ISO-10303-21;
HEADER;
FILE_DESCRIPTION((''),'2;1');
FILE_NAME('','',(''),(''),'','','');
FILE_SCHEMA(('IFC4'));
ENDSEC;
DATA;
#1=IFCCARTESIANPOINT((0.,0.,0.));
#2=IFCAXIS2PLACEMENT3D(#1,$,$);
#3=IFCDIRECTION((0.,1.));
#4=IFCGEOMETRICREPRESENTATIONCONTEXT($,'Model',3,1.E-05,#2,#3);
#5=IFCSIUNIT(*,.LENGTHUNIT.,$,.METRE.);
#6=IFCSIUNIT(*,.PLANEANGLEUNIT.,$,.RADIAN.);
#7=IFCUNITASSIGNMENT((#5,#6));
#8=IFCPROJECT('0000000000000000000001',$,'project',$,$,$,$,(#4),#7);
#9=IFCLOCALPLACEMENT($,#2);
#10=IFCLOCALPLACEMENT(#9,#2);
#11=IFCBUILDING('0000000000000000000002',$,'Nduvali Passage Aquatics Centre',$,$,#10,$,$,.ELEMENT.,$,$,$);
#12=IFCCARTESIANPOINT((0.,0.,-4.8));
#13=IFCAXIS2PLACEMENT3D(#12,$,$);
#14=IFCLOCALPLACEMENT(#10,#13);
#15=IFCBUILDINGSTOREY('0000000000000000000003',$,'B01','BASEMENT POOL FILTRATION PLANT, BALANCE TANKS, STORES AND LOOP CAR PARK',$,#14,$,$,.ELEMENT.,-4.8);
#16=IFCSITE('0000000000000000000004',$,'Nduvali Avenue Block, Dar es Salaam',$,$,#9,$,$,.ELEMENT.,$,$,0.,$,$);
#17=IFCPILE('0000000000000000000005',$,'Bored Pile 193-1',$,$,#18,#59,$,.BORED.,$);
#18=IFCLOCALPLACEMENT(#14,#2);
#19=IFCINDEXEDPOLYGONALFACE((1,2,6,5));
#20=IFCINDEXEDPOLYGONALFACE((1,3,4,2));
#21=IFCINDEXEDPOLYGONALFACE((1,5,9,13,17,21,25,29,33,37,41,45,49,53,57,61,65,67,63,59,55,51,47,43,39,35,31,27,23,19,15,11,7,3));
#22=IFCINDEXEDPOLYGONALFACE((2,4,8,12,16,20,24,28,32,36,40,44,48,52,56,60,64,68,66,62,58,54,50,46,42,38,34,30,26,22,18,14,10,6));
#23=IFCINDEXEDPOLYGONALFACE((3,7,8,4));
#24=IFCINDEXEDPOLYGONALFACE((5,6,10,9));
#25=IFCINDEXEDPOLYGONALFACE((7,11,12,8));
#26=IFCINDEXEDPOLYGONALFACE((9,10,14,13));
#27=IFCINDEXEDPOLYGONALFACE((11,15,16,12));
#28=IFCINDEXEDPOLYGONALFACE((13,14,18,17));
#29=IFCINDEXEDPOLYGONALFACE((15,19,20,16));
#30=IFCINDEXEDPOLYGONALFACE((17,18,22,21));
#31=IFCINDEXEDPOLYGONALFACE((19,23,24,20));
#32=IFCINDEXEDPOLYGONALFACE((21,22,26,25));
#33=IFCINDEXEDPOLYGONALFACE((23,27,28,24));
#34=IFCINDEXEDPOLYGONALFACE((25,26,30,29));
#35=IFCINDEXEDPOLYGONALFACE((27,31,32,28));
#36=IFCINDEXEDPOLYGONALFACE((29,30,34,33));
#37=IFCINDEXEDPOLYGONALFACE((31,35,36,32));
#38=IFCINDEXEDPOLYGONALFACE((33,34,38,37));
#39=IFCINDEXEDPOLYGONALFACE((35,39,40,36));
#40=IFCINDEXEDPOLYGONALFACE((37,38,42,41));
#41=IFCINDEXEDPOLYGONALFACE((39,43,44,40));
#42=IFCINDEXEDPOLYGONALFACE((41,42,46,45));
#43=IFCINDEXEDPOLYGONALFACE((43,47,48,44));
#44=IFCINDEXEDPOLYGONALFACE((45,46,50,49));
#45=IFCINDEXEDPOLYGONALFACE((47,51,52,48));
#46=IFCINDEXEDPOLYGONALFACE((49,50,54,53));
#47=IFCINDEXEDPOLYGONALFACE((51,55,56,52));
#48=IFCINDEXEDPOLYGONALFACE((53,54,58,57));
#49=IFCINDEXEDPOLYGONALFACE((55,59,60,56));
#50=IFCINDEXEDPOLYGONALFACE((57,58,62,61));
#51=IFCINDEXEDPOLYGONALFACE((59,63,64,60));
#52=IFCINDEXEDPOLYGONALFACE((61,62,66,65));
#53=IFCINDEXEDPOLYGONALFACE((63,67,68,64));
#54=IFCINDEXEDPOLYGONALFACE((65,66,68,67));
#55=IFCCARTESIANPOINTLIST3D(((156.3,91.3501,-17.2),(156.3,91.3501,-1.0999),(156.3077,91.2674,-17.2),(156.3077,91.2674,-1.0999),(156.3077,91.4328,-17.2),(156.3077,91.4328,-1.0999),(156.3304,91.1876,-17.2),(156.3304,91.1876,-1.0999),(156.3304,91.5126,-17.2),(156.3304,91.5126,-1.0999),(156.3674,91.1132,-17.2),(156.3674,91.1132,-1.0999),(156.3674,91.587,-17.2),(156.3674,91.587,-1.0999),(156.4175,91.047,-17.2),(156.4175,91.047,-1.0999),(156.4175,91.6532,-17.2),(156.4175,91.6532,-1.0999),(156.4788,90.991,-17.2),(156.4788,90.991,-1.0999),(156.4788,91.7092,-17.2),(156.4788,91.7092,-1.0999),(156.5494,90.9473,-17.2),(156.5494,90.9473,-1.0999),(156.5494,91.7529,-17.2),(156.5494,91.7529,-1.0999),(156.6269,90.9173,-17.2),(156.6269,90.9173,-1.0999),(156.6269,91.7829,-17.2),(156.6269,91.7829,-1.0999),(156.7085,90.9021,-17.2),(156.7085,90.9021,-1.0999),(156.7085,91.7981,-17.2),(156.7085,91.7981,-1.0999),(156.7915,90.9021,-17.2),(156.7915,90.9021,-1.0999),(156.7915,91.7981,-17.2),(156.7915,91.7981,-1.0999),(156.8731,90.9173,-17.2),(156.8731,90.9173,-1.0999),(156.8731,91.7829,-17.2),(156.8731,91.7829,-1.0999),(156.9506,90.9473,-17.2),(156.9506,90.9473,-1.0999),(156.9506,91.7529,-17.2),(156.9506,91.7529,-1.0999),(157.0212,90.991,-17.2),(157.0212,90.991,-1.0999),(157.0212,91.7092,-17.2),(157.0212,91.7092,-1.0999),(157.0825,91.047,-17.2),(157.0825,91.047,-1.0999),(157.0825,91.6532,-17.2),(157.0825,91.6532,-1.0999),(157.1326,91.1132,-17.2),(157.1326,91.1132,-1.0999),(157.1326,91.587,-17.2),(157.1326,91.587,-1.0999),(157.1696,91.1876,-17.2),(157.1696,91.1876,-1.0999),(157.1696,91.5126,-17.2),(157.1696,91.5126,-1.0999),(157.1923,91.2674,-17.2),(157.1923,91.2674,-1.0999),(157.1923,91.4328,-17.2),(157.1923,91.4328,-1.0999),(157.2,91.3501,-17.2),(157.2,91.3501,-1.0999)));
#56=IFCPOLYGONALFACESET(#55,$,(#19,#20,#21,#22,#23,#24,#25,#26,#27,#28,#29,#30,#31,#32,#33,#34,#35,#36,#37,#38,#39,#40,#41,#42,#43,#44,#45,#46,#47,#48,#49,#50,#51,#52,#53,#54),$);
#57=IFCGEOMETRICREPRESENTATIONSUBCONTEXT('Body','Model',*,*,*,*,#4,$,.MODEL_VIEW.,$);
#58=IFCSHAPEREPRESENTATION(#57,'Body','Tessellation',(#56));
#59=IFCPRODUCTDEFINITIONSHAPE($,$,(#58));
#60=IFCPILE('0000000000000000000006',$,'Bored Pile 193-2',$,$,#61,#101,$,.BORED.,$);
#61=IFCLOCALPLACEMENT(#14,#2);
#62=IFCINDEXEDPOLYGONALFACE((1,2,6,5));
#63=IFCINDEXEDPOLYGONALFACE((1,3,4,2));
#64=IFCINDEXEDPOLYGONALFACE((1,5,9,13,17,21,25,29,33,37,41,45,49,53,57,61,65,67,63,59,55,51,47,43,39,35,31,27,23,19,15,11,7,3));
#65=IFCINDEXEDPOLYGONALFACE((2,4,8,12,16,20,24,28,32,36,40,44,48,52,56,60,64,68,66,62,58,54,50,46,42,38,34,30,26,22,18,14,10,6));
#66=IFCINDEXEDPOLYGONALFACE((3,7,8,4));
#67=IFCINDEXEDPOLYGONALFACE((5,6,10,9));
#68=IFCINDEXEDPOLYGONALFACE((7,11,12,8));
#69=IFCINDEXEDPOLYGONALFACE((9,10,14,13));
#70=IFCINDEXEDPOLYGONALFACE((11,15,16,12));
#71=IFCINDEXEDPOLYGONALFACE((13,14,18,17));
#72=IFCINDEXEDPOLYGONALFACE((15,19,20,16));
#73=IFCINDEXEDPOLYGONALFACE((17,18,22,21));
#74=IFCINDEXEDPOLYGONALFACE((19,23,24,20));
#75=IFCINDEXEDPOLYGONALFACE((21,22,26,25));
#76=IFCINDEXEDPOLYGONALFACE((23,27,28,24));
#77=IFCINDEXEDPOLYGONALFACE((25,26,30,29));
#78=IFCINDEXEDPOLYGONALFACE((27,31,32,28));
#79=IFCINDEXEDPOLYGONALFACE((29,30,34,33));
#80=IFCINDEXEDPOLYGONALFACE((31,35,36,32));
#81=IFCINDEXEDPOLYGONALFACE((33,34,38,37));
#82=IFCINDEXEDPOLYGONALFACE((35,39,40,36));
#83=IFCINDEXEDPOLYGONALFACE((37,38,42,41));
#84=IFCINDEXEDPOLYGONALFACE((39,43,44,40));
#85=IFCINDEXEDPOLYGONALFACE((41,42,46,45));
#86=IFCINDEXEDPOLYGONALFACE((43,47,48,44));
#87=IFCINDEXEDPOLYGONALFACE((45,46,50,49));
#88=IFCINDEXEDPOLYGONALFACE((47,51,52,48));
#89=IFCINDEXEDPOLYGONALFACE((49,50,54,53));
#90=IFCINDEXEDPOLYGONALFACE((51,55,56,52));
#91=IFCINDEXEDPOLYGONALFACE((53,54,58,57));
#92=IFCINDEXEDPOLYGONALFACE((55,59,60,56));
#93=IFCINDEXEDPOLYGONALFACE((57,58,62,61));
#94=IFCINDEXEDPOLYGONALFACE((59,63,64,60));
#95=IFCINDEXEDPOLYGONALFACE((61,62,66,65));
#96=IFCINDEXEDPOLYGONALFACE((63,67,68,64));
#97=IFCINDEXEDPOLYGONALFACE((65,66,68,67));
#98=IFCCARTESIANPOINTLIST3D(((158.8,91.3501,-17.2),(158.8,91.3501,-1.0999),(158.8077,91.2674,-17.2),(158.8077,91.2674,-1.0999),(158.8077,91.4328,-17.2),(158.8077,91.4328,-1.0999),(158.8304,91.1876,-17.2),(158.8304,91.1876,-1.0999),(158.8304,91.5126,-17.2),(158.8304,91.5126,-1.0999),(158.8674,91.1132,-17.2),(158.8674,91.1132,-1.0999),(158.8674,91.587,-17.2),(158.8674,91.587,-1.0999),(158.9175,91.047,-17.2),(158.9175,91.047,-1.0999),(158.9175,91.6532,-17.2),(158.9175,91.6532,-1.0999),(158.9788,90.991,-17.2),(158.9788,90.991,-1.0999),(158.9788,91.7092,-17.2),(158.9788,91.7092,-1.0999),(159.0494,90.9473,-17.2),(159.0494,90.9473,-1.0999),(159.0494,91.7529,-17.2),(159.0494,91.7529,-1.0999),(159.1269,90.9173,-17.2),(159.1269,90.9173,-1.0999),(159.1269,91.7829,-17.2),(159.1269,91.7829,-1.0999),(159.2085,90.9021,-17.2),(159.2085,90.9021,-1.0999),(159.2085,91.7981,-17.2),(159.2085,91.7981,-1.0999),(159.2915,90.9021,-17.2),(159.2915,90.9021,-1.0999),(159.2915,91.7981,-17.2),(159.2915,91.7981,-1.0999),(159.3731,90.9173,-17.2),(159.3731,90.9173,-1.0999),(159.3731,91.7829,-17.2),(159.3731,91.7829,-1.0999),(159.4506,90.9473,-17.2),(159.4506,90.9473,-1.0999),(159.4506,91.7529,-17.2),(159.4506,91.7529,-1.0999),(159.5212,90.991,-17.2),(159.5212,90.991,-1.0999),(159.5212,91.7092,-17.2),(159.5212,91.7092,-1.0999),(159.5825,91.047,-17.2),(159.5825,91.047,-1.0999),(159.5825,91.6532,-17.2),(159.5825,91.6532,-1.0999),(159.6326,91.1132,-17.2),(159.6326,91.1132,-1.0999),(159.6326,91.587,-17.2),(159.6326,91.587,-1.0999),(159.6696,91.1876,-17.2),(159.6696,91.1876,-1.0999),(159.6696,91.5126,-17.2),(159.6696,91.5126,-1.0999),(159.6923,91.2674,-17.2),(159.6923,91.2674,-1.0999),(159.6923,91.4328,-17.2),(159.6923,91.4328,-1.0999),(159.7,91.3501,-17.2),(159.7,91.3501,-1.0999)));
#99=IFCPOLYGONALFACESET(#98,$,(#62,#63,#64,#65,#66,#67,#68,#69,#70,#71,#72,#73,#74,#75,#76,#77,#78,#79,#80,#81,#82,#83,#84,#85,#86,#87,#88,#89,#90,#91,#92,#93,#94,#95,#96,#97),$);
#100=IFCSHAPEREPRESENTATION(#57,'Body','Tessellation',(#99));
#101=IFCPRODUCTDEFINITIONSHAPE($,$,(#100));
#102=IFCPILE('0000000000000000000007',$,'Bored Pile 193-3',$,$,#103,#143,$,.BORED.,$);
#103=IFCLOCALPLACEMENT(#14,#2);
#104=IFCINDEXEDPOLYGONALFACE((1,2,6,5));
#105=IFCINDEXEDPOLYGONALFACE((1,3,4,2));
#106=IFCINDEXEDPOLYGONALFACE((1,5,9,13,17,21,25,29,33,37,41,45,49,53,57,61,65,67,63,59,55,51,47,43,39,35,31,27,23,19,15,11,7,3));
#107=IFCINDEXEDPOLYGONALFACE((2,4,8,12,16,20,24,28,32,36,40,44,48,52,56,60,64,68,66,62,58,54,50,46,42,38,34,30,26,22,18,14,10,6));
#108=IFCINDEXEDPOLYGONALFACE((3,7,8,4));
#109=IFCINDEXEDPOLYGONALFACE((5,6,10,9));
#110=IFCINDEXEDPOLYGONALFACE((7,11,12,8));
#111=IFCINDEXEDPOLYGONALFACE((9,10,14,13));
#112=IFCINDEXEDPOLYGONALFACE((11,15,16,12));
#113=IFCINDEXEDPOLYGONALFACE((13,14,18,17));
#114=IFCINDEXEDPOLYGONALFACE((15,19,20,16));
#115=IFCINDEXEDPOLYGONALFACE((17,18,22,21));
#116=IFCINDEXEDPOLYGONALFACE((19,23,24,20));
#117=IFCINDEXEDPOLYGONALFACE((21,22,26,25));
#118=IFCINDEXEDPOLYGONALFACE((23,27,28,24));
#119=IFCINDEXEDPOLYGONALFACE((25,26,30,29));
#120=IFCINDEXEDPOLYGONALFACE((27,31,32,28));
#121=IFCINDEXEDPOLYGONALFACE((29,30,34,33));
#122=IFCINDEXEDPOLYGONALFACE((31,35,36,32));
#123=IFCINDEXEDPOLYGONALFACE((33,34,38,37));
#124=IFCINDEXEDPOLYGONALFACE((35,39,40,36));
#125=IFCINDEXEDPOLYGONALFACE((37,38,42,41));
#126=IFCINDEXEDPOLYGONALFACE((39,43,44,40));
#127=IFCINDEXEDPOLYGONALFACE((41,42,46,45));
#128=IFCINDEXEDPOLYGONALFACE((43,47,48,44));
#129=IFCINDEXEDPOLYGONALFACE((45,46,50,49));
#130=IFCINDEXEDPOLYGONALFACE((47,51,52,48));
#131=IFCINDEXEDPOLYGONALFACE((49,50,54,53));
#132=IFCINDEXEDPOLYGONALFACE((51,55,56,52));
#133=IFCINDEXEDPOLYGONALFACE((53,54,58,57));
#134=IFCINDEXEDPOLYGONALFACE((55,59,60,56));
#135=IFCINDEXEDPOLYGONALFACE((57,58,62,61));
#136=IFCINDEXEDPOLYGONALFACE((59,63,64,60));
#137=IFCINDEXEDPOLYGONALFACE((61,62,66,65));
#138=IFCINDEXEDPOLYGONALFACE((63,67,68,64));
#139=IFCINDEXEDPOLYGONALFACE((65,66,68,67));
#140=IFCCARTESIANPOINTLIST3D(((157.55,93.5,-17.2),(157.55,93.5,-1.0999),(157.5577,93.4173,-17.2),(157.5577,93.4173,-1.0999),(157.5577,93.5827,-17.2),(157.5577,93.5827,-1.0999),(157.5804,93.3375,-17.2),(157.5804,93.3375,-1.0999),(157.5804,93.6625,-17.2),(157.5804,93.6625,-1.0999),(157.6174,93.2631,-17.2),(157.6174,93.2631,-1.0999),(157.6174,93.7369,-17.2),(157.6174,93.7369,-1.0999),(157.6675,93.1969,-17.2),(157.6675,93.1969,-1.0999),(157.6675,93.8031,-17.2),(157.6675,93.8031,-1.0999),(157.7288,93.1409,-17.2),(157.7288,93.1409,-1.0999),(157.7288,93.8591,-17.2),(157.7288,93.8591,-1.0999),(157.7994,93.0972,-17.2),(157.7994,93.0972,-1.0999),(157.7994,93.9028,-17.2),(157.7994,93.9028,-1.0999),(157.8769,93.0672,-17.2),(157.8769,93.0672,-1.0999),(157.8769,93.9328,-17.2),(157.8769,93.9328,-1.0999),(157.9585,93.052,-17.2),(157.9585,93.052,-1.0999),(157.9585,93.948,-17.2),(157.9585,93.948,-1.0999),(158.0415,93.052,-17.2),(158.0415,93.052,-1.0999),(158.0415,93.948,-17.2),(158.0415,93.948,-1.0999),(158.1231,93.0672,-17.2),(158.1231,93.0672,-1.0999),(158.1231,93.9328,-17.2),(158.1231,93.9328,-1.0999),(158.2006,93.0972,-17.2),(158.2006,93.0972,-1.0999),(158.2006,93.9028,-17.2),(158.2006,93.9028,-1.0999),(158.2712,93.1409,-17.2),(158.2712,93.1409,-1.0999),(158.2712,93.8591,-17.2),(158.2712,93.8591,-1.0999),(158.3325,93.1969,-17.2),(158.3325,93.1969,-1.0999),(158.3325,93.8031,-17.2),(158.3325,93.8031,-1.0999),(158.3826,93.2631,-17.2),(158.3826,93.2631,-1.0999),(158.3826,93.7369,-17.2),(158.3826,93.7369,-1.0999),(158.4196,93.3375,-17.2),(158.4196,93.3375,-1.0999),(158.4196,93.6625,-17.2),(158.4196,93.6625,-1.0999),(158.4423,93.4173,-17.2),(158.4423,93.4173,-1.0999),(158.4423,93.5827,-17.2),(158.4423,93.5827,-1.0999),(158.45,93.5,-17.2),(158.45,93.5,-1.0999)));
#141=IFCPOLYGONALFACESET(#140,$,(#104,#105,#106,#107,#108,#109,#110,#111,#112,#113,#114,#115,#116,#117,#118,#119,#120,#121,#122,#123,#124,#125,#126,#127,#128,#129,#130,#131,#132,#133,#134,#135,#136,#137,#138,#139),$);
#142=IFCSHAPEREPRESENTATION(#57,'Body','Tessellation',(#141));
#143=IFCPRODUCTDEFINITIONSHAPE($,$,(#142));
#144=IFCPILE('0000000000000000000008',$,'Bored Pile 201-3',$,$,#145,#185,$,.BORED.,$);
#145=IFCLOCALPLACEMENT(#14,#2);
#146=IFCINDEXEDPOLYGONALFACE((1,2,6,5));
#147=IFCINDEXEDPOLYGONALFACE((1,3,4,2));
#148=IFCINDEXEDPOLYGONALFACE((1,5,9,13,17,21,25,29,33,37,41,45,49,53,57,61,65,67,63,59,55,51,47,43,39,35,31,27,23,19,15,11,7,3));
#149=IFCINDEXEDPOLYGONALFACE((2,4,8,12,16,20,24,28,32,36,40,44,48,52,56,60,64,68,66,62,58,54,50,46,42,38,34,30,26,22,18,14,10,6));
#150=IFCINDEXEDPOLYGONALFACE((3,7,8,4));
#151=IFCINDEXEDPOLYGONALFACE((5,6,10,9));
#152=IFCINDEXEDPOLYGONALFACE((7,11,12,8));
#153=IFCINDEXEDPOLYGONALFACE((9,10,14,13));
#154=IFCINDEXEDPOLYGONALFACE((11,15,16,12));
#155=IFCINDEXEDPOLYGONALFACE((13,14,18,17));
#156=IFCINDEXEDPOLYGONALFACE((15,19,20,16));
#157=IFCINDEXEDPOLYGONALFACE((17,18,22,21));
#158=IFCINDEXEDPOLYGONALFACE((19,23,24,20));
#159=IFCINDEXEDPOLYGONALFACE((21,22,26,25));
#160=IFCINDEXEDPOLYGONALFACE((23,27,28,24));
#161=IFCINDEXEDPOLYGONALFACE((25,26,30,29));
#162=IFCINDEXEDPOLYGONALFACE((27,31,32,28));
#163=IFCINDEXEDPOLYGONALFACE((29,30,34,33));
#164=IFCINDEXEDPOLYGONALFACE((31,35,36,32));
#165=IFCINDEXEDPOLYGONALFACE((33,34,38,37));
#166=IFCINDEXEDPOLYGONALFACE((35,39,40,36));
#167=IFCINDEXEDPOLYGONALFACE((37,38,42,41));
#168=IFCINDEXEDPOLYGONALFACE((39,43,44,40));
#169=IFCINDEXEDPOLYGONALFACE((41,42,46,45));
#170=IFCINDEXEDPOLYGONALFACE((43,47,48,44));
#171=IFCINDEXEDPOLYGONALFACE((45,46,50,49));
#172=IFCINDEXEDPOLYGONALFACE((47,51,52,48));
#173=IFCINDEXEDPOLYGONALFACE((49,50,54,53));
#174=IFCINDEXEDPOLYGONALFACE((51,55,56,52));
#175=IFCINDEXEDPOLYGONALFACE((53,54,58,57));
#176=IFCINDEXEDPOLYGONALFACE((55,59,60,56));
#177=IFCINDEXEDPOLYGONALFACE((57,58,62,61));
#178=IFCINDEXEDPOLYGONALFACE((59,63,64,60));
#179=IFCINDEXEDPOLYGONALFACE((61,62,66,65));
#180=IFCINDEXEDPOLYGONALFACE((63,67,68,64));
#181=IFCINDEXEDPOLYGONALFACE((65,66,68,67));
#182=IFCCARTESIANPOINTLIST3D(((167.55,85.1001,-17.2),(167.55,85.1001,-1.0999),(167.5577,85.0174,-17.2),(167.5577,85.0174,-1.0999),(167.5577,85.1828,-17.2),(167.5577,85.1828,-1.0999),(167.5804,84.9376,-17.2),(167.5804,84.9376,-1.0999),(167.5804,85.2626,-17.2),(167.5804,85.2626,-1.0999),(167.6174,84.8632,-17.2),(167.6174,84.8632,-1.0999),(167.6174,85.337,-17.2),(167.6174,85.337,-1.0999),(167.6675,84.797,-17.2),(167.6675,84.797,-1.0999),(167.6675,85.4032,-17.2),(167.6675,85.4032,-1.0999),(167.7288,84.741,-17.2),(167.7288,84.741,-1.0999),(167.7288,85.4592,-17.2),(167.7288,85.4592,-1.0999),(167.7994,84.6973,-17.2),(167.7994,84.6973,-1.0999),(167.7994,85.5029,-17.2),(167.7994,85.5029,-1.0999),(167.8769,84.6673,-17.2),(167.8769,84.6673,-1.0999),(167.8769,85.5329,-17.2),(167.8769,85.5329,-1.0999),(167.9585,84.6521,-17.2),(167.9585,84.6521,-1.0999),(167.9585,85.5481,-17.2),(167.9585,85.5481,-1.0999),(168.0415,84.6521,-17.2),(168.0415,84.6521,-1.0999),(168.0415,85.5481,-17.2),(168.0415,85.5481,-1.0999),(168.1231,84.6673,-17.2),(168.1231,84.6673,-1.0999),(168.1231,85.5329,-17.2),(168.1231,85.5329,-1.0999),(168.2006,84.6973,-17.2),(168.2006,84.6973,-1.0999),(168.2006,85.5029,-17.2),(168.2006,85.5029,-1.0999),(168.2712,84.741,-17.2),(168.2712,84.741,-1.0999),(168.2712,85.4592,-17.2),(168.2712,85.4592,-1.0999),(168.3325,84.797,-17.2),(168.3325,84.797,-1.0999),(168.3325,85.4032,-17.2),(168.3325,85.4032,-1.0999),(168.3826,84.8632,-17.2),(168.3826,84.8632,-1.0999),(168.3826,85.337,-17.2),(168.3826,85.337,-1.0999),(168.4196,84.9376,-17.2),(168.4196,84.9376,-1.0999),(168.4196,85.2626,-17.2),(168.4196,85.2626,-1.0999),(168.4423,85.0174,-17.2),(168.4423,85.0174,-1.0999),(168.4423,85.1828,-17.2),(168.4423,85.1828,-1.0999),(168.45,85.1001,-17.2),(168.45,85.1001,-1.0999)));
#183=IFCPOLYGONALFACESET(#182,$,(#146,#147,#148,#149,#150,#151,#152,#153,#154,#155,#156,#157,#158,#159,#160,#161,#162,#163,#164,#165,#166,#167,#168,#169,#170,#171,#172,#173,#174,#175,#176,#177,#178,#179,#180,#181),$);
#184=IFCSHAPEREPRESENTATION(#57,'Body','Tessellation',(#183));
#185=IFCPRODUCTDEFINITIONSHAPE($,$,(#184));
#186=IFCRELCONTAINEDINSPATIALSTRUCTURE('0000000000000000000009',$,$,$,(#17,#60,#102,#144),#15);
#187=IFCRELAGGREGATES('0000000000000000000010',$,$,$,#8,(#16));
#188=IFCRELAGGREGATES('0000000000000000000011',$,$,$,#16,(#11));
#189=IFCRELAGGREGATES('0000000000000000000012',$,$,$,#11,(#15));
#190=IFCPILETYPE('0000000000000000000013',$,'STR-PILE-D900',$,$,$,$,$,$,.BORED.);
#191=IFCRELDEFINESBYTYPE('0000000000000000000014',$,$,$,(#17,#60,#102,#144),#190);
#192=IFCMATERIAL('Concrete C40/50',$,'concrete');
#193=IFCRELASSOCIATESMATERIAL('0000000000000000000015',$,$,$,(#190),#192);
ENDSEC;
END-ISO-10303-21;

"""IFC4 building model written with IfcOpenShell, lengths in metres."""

from ifc_helpers import new_model, si_unit, direction, frame, origin, origin_2d, place, context, subcontext, project, spatial, circle, extrude, material, material_profile, profile_set, type_object, element, save


model = new_model("IFC4")

# Units and contexts
model_context = context("Model", 3, precision=1e-05, world=origin(), true_north=direction((0.0, 1.0)))
body_context = subcontext(model_context, "Body", "Model", "MODEL_VIEW")
ifc_project = project(units=[si_unit("LENGTHUNIT", "METRE"), si_unit("PLANEANGLEUNIT", "RADIAN")], contexts=[model_context])

# Site, building, storey
site_placement = place(None, origin())
site = spatial("IfcSite", under=ifc_project, at=site_placement, Name="Nduvali Avenue Block, Dar es Salaam", CompositionType="ELEMENT", RefElevation=0.0)
building_placement = place(site_placement, origin())
building = spatial("IfcBuilding", under=site, at=building_placement, Name="Nduvali Passage Aquatics Centre", CompositionType="ELEMENT")
storey_placement = place(building_placement, frame((0.0, 0.0, -4.8)))
storey = spatial("IfcBuildingStorey", under=building, at=storey_placement, Name="B01", Description="BASEMENT POOL FILTRATION PLANT, BALANCE TANKS, STORES AND LOOP CAR PARK", CompositionType="ELEMENT", Elevation=-4.8)

# Shared definitions
ifc_material = material(Name="Concrete C40/50", Category="concrete")

# Piles
ifc_material_profile_1 = material_profile(ifc_material, circle(Radius=0.45, at=origin_2d()), Name="PILE D900")
ifc_profile_set_1 = profile_set([ifc_material_profile_1], Name="Concrete C40/50")
pile_type = type_object("IfcPileType", Name="STR-PILE-D900", PredefinedType="BORED", material=ifc_profile_set_1)
for number, where, z_axis, x_axis, name in (
    (1, (156.75, 91.3501, -1.0999), (0.0, 0.0, -1.0), (1.0, 0.0, 0.0), "Bored Pile 193-1"),
    (2, (159.25, 91.3501, -1.0999), (0.0, 0.0, -1.0), (1.0, 0.0, 0.0), "Bored Pile 193-2"),
    (3, (158.0, 93.5, -1.0999), (0.0, 0.0, -1.0), (1.0, 0.0, 0.0), "Bored Pile 193-3"),
    (4, (168.0, 85.1001, -1.0999), (0.0, 0.0, -1.0), (1.0, 0.0, 0.0), "Bored Pile 201-3"),
):
    element("IfcPile", number, at=place(storey_placement, frame(where, z_axis=z_axis, x_axis=x_axis)), inside=storey, type_object=pile_type, Name=name, PredefinedType="BORED", context=body_context, shape_type="SweptSolid", body=[
        extrude(circle(Radius=0.45, at=origin_2d()), origin(), (0.0, 0.0, 1.0), 16.1001),
    ])

save(model, "model.ifc")
